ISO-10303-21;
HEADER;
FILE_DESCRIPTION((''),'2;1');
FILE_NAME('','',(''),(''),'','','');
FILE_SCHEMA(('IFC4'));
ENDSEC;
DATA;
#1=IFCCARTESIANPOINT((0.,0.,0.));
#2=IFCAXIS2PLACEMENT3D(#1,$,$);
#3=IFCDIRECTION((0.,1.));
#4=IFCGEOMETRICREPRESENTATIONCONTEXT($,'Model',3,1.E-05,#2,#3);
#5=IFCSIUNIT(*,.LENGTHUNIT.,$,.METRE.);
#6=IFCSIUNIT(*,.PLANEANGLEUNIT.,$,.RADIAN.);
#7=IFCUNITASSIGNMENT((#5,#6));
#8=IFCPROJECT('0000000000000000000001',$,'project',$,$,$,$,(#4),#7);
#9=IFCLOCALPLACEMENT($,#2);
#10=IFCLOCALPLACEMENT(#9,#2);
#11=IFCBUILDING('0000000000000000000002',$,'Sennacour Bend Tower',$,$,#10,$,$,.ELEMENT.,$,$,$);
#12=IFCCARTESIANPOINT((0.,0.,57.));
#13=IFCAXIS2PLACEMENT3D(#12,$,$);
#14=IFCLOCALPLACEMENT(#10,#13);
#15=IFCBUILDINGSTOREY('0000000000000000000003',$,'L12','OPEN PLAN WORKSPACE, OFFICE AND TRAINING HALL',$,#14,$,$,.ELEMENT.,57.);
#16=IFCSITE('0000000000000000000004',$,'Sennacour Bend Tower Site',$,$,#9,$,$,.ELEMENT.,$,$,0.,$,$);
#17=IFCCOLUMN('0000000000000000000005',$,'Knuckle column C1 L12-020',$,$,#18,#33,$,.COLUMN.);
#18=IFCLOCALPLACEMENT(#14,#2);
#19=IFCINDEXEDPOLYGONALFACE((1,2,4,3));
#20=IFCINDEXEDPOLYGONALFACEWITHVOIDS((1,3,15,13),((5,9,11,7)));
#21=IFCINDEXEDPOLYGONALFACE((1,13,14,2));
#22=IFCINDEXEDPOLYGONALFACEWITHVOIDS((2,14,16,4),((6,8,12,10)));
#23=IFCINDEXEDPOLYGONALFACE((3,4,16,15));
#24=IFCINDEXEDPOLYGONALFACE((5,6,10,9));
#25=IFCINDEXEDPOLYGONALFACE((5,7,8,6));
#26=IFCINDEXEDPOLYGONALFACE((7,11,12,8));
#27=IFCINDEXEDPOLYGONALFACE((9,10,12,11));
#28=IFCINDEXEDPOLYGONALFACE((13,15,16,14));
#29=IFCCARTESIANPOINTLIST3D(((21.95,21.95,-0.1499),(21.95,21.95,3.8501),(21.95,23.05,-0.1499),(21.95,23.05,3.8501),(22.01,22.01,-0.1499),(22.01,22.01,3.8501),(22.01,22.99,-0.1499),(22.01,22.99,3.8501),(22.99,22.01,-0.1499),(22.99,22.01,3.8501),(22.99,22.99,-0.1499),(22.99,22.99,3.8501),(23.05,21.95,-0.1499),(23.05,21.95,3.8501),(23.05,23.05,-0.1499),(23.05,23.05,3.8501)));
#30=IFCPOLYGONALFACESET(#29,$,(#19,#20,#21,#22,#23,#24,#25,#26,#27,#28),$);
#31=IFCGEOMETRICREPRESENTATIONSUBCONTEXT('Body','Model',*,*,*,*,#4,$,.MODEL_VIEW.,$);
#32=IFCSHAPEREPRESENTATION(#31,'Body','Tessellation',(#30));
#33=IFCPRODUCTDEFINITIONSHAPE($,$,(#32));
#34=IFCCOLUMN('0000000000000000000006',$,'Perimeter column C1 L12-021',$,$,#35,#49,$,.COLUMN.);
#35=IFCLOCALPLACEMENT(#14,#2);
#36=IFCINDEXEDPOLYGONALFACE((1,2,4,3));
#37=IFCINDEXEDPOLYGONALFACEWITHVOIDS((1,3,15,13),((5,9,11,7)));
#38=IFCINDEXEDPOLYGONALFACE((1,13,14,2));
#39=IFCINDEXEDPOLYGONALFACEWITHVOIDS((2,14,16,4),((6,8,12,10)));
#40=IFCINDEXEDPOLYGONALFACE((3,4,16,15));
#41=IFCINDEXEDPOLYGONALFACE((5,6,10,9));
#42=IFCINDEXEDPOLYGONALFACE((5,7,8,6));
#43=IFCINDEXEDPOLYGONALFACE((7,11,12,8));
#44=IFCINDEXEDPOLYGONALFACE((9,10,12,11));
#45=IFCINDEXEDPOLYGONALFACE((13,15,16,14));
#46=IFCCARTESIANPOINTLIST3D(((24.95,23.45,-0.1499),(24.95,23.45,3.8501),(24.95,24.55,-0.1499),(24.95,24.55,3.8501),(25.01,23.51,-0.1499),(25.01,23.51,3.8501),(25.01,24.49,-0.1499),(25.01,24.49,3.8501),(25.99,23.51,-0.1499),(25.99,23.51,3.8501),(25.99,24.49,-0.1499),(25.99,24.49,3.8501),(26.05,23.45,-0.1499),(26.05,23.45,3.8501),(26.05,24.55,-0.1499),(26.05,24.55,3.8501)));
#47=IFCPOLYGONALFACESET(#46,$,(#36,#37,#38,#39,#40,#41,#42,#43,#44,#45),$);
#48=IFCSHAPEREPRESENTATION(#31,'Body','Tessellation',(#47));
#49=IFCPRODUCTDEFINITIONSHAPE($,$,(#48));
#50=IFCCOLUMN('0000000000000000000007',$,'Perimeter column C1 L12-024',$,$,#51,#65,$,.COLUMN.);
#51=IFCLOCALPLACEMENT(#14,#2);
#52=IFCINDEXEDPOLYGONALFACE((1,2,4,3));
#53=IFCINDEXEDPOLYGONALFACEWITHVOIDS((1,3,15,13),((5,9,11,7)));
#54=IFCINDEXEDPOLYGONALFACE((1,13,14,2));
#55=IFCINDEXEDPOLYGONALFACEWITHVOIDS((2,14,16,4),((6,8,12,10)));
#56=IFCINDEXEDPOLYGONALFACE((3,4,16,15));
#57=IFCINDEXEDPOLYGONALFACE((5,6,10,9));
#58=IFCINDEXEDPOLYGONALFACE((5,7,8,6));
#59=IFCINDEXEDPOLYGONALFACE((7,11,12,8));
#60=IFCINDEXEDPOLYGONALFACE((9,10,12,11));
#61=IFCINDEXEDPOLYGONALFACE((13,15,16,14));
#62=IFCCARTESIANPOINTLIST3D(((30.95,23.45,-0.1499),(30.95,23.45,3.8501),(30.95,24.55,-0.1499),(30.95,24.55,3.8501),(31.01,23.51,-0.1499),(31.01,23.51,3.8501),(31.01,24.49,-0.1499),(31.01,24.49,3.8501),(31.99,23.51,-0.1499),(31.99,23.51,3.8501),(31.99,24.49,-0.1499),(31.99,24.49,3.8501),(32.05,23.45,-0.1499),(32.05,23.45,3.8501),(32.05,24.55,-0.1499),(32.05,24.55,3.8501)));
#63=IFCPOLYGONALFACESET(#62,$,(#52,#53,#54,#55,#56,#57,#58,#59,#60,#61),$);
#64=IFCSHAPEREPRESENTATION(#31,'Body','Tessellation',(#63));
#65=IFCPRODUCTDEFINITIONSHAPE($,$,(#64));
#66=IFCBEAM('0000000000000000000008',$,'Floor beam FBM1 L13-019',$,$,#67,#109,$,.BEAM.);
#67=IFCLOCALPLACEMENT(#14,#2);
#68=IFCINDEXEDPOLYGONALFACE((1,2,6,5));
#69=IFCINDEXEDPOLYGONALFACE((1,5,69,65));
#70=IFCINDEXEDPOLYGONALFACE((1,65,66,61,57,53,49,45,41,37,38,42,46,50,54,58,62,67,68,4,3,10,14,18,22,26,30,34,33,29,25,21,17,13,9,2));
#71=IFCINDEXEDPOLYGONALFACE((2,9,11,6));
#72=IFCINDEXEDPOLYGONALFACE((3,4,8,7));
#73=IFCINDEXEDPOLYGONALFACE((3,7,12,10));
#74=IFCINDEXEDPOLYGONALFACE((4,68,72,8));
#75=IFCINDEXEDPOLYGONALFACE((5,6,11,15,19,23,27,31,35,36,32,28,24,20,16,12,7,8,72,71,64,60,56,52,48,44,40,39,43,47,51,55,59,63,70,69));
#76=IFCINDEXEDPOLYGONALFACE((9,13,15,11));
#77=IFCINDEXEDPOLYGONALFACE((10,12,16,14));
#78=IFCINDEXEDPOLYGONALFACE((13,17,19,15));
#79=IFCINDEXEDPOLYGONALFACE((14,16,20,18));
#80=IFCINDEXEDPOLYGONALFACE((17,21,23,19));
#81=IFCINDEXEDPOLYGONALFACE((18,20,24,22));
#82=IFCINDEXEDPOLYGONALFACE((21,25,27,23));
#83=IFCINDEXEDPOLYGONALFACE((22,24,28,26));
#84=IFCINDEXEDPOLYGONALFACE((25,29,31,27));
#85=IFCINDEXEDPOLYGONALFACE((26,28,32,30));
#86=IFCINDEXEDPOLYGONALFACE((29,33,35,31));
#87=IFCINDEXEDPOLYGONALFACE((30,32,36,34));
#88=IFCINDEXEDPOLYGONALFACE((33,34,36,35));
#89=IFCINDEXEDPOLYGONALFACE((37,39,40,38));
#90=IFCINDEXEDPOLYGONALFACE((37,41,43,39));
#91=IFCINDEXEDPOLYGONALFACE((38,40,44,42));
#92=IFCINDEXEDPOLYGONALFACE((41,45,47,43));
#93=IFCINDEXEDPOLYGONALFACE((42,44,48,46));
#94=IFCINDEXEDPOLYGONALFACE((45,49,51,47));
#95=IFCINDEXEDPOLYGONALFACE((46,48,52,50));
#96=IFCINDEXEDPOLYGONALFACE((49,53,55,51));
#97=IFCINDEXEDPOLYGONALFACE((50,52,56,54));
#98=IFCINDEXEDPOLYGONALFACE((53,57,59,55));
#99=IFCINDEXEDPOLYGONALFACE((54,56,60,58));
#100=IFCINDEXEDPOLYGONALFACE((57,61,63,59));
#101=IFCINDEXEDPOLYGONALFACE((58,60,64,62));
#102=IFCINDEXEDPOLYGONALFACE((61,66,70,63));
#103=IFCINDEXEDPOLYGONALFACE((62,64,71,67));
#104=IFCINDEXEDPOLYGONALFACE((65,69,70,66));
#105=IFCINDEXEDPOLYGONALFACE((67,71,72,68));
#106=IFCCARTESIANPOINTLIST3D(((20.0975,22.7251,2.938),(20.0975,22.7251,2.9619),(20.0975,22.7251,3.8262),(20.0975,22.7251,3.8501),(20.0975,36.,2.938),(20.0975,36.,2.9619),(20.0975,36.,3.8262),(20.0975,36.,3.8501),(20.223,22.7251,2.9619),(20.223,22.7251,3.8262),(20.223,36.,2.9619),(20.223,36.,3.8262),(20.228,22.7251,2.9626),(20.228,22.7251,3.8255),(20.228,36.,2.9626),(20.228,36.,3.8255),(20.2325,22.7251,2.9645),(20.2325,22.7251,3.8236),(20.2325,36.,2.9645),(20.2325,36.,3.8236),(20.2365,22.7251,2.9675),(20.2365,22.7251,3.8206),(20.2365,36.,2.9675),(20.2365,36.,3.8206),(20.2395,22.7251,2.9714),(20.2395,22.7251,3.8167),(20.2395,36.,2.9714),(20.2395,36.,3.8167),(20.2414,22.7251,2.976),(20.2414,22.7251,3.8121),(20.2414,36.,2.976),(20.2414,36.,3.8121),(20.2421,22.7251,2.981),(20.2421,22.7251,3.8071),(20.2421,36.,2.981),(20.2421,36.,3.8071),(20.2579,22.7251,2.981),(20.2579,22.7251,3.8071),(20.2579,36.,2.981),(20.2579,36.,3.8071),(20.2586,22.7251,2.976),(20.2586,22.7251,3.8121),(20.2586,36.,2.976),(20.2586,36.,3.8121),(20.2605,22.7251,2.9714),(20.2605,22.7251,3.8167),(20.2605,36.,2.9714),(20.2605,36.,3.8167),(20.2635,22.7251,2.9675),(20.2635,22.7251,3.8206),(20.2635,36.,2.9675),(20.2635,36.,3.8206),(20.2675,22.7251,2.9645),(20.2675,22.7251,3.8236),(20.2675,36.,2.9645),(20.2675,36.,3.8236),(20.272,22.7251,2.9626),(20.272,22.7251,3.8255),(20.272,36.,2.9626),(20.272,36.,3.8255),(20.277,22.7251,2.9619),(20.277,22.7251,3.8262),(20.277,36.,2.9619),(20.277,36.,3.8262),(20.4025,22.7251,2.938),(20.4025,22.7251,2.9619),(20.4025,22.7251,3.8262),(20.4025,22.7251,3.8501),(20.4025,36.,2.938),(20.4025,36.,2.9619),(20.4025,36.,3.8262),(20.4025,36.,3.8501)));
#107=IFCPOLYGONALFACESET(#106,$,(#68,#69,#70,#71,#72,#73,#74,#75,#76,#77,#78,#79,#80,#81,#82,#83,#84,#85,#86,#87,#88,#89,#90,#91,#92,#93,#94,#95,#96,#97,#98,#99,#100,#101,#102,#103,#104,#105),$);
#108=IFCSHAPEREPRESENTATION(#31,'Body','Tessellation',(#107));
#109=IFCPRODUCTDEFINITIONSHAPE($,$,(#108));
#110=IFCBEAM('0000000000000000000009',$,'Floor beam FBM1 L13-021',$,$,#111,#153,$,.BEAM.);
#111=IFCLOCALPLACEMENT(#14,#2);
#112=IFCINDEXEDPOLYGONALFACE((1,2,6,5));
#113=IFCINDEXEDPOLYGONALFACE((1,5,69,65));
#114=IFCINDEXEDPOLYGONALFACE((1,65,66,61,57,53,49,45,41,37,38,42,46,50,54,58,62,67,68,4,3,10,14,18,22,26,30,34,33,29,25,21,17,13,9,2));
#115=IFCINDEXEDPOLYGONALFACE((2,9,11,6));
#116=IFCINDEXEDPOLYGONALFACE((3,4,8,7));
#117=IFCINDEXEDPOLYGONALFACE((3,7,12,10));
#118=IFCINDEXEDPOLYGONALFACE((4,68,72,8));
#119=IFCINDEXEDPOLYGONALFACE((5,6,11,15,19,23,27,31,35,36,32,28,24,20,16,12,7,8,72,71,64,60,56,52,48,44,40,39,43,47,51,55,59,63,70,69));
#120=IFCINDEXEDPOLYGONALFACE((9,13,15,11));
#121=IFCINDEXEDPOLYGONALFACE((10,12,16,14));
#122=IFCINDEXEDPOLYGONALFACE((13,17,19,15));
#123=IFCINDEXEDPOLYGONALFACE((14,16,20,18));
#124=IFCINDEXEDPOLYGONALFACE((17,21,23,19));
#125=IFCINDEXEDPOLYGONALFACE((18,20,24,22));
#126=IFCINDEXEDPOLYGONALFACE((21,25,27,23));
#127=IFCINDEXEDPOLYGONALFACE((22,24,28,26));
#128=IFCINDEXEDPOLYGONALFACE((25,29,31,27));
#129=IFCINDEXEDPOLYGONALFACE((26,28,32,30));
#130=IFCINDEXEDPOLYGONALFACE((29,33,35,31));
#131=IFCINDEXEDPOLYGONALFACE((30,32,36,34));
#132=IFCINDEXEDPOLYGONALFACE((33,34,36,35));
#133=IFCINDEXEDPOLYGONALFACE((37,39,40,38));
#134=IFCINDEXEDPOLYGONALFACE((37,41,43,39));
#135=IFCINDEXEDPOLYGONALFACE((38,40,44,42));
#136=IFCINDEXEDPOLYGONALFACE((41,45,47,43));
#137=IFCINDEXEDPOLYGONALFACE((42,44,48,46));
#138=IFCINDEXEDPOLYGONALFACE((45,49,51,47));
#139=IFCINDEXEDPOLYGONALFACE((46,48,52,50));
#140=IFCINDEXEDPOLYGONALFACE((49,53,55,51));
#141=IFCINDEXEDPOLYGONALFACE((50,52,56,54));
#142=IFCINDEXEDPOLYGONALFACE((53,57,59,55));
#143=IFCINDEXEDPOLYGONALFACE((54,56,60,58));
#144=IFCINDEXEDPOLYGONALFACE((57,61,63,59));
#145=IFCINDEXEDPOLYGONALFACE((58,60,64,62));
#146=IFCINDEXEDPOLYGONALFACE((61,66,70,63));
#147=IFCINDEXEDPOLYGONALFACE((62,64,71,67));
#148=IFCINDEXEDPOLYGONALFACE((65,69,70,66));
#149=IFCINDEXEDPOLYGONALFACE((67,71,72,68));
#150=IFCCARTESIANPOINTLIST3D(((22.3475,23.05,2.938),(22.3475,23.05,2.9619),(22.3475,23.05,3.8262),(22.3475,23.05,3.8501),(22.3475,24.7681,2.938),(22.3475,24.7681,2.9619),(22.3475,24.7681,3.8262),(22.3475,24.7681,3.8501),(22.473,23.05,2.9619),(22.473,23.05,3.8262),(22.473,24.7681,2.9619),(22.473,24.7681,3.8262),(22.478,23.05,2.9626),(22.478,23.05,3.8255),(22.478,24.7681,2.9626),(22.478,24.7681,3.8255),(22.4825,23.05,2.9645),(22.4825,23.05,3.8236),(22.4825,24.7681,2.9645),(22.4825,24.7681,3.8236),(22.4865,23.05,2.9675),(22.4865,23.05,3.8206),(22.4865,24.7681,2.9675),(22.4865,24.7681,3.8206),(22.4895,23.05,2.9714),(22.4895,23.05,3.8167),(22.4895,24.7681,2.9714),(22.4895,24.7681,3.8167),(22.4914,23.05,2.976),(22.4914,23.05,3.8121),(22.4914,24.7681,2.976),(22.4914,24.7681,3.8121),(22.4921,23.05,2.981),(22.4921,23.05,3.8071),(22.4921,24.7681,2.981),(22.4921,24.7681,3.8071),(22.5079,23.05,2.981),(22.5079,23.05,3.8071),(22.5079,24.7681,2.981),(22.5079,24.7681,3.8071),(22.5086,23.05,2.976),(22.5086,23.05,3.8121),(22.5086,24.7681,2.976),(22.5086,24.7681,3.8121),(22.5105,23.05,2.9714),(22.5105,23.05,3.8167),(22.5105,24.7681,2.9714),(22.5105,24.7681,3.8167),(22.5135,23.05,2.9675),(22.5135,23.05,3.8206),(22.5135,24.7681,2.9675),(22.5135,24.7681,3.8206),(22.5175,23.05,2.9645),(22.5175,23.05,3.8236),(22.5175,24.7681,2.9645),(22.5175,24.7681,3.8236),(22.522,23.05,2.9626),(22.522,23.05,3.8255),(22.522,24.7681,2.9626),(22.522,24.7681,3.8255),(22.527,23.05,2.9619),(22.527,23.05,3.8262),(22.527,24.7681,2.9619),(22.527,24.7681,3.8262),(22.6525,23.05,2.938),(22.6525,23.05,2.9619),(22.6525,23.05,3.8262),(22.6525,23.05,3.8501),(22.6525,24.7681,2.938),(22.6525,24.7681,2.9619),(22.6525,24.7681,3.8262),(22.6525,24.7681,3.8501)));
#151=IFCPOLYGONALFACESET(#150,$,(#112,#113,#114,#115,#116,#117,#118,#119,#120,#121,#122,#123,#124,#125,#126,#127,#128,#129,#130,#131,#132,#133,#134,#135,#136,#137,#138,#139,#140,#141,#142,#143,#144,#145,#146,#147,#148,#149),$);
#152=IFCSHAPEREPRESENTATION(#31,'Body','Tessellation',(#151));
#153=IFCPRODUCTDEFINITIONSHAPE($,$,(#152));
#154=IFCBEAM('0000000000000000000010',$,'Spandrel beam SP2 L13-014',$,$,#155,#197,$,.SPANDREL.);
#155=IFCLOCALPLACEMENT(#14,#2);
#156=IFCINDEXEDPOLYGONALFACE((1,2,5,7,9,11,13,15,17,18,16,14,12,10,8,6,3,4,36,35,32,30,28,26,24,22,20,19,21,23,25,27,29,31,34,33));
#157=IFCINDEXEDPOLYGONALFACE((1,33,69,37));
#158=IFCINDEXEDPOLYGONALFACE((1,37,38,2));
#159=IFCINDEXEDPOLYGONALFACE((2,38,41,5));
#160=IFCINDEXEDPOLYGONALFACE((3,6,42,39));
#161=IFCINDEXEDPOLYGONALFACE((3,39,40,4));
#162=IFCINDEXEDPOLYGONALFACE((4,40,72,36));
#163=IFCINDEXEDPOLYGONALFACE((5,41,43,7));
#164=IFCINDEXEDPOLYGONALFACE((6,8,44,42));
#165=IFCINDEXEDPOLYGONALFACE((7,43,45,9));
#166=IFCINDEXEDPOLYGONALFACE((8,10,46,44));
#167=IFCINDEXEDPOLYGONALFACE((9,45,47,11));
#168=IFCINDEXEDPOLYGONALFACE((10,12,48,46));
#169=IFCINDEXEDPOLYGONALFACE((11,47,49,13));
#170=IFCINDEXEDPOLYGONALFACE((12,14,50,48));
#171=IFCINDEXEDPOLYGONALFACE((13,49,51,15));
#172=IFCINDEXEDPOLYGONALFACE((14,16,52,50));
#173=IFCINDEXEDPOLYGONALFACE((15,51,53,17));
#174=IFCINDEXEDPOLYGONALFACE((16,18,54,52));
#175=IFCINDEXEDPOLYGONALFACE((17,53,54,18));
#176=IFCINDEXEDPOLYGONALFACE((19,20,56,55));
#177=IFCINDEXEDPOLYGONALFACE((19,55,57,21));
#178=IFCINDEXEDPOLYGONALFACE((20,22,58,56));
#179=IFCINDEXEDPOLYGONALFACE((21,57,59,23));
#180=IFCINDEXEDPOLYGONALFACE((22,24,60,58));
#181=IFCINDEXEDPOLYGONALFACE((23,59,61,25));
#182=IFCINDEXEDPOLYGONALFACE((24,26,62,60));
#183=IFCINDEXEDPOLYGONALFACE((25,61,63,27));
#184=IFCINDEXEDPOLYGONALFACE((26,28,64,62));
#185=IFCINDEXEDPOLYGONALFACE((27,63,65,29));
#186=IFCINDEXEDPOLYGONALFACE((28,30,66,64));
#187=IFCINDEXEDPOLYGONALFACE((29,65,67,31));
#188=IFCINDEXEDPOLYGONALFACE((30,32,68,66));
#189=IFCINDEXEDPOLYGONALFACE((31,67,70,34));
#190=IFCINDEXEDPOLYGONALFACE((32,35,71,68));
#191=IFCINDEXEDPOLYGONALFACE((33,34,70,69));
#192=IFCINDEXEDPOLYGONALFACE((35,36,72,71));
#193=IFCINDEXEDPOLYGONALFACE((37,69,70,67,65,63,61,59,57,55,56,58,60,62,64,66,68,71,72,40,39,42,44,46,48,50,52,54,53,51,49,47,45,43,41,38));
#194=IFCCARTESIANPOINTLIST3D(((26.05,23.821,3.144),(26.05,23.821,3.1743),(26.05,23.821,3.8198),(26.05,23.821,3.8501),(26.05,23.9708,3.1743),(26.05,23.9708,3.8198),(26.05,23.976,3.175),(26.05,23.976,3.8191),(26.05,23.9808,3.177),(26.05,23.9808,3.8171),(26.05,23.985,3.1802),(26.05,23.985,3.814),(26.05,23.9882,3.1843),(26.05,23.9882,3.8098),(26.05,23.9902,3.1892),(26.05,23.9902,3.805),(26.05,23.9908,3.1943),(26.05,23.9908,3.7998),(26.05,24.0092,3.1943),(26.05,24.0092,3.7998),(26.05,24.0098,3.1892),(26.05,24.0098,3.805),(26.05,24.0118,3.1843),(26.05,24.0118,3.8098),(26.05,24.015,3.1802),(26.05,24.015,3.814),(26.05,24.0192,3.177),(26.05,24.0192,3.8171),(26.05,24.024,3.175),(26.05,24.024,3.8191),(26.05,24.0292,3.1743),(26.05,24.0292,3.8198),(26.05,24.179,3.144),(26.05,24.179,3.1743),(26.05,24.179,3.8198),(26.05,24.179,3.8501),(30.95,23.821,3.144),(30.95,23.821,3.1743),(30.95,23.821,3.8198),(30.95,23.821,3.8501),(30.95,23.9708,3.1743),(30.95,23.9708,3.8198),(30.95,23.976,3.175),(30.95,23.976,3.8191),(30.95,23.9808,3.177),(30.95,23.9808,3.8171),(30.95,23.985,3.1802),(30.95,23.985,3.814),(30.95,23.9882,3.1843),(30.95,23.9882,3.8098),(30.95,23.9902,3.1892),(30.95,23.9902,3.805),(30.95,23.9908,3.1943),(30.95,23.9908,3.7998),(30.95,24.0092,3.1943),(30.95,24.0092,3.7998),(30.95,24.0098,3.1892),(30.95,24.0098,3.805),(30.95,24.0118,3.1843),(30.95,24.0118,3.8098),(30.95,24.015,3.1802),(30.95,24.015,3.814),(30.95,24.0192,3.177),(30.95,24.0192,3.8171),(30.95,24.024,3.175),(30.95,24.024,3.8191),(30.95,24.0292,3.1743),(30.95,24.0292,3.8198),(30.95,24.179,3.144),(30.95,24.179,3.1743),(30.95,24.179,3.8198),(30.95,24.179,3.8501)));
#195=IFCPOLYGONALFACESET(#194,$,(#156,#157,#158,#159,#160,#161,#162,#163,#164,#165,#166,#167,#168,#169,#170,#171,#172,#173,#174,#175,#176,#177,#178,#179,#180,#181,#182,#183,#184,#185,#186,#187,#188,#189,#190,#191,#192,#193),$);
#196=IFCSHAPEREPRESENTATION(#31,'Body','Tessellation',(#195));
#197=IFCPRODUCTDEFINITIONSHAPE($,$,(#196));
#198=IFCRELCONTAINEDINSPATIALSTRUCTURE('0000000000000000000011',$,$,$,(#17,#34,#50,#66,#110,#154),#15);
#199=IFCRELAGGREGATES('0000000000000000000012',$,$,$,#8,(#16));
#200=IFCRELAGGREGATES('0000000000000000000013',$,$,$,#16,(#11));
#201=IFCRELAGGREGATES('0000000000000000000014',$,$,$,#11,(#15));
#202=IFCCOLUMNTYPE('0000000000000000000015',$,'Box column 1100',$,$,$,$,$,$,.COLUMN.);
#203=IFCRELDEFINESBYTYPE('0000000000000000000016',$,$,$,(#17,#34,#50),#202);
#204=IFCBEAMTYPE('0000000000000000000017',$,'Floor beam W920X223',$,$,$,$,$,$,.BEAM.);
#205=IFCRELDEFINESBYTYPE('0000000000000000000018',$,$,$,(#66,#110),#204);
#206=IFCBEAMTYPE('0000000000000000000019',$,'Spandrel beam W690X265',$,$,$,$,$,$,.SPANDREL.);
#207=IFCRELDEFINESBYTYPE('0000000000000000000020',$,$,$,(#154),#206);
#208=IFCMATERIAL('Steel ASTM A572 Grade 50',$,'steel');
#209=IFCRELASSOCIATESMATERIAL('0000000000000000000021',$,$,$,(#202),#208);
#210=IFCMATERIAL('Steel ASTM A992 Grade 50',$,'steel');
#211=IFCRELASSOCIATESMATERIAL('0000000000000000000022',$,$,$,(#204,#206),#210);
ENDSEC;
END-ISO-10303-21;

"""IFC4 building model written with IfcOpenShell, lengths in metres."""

from ifc_helpers import new_model, si_unit, direction, frame, origin, origin_2d, place, context, subcontext, project, spatial, hollow_rectangle, i_section, extrude, material, material_profile, profile_set, type_object, element, save


model = new_model("IFC4")

# Units and contexts
model_context = context("Model", 3, precision=1e-05, world=origin(), true_north=direction((0.0, 1.0)))
body_context = subcontext(model_context, "Body", "Model", "MODEL_VIEW")
ifc_project = project(units=[si_unit("LENGTHUNIT", "METRE"), si_unit("PLANEANGLEUNIT", "RADIAN")], contexts=[model_context])

# Site, building, storey
site_placement = place(None, origin())
site = spatial("IfcSite", under=ifc_project, at=site_placement, Name="Sennacour Bend Tower Site", CompositionType="ELEMENT", RefElevation=0.0)
building_placement = place(site_placement, origin())
building = spatial("IfcBuilding", under=site, at=building_placement, Name="Sennacour Bend Tower", CompositionType="ELEMENT")
storey_placement = place(building_placement, frame((0.0, 0.0, 57.0)))
storey = spatial("IfcBuildingStorey", under=building, at=storey_placement, Name="L12", Description="OPEN PLAN WORKSPACE, OFFICE AND TRAINING HALL", CompositionType="ELEMENT", Elevation=57.0)

# Columns
ifc_material_1 = material(Name="Steel ASTM A572 Grade 50", Category="steel")
ifc_material_profile_1 = material_profile(ifc_material_1, hollow_rectangle(XDim=1.1001, YDim=1.1001, WallThickness=0.0601, at=origin_2d()), Name="Steel ASTM A572 Grade 50", Category="steel")
ifc_profile_set_1 = profile_set([ifc_material_profile_1], Name="Steel ASTM A572 Grade 50")
column_type = type_object("IfcColumnType", Name="Box column 1100", PredefinedType="COLUMN", material=ifc_profile_set_1)
for number, where, z_axis, x_axis, name in (
    (1, (22.5, 22.5, -0.1499), (0.0, 0.0, 1.0), (1.0, 0.0, 0.0), "Knuckle column C1 L12-020"),
    (2, (25.5, 24.0, -0.1499), (0.0, 0.0, 1.0), (1.0, 0.0, 0.0), "Perimeter column C1 L12-021"),
    (3, (31.5, 24.0, -0.1499), (0.0, 0.0, 1.0), (1.0, 0.0, 0.0), "Perimeter column C1 L12-024"),
):
    element("IfcColumn", number, at=place(storey_placement, frame(where, z_axis=z_axis, x_axis=x_axis)), inside=storey, type_object=column_type, Name=name, PredefinedType="COLUMN", context=body_context, shape_type="SweptSolid", body=[
        extrude(hollow_rectangle(XDim=1.1001, YDim=1.1001, WallThickness=0.0601, at=origin_2d()), origin(), (0.0, 0.0, 1.0), 4.0),
    ])

# Beams
ifc_material_2 = material(Name="Steel ASTM A992 Grade 50", Category="steel")
ifc_material_profile_2 = material_profile(ifc_material_2, i_section(OverallWidth=0.3049, OverallDepth=0.9121, WebThickness=0.0159, FlangeThickness=0.0239, FilletRadius=0.019, at=origin_2d()), Name="Steel ASTM A992 Grade 50", Category="steel")
ifc_profile_set_2 = profile_set([ifc_material_profile_2], Name="Steel ASTM A992 Grade 50")
beam_type_1 = type_object("IfcBeamType", Name="Floor beam W920X223", PredefinedType="BEAM", material=ifc_profile_set_2)
beam_1_placement = place(storey_placement, frame((20.25, 22.7251, 3.394), z_axis=(0.0, 1.0, 0.0), x_axis=(-1.0, 0.0, 0.0)))
element("IfcBeam", 4, at=beam_1_placement, inside=storey, type_object=beam_type_1, Name="Floor beam FBM1 L13-019", PredefinedType="BEAM", context=body_context, shape_type="SweptSolid", body=[
    extrude(i_section(OverallWidth=0.3049, OverallDepth=0.9121, WebThickness=0.0159, FlangeThickness=0.0239, FilletRadius=0.019, at=origin_2d()), origin(), (0.0, 0.0, 1.0), 13.2749),
])
beam_2_placement = place(storey_placement, frame((22.5, 23.05, 3.394), z_axis=(0.0, 1.0, 0.0), x_axis=(-1.0, 0.0, 0.0)))
element("IfcBeam", 5, at=beam_2_placement, inside=storey, type_object=beam_type_1, Name="Floor beam FBM1 L13-021", PredefinedType="BEAM", context=body_context, shape_type="SweptSolid", body=[
    extrude(i_section(OverallWidth=0.3049, OverallDepth=0.9121, WebThickness=0.0159, FlangeThickness=0.0239, FilletRadius=0.019, at=origin_2d()), origin(), (0.0, 0.0, 1.0), 1.718),
])
ifc_material_profile_3 = material_profile(ifc_material_2, i_section(OverallWidth=0.3579, OverallDepth=0.7061, WebThickness=0.0183, FlangeThickness=0.0303, FilletRadius=0.02, at=origin_2d()), Name="Steel ASTM A992 Grade 50", Category="steel")
ifc_profile_set_3 = profile_set([ifc_material_profile_3], Name="Steel ASTM A992 Grade 50")
beam_type_2 = type_object("IfcBeamType", Name="Spandrel beam W690X265", PredefinedType="SPANDREL", material=ifc_profile_set_3)
beam_3_placement = place(storey_placement, frame((26.05, 24.0, 3.4971), z_axis=(1.0, 0.0, 0.0), x_axis=(0.0, 1.0, 0.0)))
element("IfcBeam", 6, at=beam_3_placement, inside=storey, type_object=beam_type_2, Name="Spandrel beam SP2 L13-014", PredefinedType="SPANDREL", context=body_context, shape_type="SweptSolid", body=[
    extrude(i_section(OverallWidth=0.3579, OverallDepth=0.7061, WebThickness=0.0183, FlangeThickness=0.0303, FilletRadius=0.02, at=origin_2d()), origin(), (0.0, 0.0, 1.0), 4.8999),
])

save(model, "model.ifc")
